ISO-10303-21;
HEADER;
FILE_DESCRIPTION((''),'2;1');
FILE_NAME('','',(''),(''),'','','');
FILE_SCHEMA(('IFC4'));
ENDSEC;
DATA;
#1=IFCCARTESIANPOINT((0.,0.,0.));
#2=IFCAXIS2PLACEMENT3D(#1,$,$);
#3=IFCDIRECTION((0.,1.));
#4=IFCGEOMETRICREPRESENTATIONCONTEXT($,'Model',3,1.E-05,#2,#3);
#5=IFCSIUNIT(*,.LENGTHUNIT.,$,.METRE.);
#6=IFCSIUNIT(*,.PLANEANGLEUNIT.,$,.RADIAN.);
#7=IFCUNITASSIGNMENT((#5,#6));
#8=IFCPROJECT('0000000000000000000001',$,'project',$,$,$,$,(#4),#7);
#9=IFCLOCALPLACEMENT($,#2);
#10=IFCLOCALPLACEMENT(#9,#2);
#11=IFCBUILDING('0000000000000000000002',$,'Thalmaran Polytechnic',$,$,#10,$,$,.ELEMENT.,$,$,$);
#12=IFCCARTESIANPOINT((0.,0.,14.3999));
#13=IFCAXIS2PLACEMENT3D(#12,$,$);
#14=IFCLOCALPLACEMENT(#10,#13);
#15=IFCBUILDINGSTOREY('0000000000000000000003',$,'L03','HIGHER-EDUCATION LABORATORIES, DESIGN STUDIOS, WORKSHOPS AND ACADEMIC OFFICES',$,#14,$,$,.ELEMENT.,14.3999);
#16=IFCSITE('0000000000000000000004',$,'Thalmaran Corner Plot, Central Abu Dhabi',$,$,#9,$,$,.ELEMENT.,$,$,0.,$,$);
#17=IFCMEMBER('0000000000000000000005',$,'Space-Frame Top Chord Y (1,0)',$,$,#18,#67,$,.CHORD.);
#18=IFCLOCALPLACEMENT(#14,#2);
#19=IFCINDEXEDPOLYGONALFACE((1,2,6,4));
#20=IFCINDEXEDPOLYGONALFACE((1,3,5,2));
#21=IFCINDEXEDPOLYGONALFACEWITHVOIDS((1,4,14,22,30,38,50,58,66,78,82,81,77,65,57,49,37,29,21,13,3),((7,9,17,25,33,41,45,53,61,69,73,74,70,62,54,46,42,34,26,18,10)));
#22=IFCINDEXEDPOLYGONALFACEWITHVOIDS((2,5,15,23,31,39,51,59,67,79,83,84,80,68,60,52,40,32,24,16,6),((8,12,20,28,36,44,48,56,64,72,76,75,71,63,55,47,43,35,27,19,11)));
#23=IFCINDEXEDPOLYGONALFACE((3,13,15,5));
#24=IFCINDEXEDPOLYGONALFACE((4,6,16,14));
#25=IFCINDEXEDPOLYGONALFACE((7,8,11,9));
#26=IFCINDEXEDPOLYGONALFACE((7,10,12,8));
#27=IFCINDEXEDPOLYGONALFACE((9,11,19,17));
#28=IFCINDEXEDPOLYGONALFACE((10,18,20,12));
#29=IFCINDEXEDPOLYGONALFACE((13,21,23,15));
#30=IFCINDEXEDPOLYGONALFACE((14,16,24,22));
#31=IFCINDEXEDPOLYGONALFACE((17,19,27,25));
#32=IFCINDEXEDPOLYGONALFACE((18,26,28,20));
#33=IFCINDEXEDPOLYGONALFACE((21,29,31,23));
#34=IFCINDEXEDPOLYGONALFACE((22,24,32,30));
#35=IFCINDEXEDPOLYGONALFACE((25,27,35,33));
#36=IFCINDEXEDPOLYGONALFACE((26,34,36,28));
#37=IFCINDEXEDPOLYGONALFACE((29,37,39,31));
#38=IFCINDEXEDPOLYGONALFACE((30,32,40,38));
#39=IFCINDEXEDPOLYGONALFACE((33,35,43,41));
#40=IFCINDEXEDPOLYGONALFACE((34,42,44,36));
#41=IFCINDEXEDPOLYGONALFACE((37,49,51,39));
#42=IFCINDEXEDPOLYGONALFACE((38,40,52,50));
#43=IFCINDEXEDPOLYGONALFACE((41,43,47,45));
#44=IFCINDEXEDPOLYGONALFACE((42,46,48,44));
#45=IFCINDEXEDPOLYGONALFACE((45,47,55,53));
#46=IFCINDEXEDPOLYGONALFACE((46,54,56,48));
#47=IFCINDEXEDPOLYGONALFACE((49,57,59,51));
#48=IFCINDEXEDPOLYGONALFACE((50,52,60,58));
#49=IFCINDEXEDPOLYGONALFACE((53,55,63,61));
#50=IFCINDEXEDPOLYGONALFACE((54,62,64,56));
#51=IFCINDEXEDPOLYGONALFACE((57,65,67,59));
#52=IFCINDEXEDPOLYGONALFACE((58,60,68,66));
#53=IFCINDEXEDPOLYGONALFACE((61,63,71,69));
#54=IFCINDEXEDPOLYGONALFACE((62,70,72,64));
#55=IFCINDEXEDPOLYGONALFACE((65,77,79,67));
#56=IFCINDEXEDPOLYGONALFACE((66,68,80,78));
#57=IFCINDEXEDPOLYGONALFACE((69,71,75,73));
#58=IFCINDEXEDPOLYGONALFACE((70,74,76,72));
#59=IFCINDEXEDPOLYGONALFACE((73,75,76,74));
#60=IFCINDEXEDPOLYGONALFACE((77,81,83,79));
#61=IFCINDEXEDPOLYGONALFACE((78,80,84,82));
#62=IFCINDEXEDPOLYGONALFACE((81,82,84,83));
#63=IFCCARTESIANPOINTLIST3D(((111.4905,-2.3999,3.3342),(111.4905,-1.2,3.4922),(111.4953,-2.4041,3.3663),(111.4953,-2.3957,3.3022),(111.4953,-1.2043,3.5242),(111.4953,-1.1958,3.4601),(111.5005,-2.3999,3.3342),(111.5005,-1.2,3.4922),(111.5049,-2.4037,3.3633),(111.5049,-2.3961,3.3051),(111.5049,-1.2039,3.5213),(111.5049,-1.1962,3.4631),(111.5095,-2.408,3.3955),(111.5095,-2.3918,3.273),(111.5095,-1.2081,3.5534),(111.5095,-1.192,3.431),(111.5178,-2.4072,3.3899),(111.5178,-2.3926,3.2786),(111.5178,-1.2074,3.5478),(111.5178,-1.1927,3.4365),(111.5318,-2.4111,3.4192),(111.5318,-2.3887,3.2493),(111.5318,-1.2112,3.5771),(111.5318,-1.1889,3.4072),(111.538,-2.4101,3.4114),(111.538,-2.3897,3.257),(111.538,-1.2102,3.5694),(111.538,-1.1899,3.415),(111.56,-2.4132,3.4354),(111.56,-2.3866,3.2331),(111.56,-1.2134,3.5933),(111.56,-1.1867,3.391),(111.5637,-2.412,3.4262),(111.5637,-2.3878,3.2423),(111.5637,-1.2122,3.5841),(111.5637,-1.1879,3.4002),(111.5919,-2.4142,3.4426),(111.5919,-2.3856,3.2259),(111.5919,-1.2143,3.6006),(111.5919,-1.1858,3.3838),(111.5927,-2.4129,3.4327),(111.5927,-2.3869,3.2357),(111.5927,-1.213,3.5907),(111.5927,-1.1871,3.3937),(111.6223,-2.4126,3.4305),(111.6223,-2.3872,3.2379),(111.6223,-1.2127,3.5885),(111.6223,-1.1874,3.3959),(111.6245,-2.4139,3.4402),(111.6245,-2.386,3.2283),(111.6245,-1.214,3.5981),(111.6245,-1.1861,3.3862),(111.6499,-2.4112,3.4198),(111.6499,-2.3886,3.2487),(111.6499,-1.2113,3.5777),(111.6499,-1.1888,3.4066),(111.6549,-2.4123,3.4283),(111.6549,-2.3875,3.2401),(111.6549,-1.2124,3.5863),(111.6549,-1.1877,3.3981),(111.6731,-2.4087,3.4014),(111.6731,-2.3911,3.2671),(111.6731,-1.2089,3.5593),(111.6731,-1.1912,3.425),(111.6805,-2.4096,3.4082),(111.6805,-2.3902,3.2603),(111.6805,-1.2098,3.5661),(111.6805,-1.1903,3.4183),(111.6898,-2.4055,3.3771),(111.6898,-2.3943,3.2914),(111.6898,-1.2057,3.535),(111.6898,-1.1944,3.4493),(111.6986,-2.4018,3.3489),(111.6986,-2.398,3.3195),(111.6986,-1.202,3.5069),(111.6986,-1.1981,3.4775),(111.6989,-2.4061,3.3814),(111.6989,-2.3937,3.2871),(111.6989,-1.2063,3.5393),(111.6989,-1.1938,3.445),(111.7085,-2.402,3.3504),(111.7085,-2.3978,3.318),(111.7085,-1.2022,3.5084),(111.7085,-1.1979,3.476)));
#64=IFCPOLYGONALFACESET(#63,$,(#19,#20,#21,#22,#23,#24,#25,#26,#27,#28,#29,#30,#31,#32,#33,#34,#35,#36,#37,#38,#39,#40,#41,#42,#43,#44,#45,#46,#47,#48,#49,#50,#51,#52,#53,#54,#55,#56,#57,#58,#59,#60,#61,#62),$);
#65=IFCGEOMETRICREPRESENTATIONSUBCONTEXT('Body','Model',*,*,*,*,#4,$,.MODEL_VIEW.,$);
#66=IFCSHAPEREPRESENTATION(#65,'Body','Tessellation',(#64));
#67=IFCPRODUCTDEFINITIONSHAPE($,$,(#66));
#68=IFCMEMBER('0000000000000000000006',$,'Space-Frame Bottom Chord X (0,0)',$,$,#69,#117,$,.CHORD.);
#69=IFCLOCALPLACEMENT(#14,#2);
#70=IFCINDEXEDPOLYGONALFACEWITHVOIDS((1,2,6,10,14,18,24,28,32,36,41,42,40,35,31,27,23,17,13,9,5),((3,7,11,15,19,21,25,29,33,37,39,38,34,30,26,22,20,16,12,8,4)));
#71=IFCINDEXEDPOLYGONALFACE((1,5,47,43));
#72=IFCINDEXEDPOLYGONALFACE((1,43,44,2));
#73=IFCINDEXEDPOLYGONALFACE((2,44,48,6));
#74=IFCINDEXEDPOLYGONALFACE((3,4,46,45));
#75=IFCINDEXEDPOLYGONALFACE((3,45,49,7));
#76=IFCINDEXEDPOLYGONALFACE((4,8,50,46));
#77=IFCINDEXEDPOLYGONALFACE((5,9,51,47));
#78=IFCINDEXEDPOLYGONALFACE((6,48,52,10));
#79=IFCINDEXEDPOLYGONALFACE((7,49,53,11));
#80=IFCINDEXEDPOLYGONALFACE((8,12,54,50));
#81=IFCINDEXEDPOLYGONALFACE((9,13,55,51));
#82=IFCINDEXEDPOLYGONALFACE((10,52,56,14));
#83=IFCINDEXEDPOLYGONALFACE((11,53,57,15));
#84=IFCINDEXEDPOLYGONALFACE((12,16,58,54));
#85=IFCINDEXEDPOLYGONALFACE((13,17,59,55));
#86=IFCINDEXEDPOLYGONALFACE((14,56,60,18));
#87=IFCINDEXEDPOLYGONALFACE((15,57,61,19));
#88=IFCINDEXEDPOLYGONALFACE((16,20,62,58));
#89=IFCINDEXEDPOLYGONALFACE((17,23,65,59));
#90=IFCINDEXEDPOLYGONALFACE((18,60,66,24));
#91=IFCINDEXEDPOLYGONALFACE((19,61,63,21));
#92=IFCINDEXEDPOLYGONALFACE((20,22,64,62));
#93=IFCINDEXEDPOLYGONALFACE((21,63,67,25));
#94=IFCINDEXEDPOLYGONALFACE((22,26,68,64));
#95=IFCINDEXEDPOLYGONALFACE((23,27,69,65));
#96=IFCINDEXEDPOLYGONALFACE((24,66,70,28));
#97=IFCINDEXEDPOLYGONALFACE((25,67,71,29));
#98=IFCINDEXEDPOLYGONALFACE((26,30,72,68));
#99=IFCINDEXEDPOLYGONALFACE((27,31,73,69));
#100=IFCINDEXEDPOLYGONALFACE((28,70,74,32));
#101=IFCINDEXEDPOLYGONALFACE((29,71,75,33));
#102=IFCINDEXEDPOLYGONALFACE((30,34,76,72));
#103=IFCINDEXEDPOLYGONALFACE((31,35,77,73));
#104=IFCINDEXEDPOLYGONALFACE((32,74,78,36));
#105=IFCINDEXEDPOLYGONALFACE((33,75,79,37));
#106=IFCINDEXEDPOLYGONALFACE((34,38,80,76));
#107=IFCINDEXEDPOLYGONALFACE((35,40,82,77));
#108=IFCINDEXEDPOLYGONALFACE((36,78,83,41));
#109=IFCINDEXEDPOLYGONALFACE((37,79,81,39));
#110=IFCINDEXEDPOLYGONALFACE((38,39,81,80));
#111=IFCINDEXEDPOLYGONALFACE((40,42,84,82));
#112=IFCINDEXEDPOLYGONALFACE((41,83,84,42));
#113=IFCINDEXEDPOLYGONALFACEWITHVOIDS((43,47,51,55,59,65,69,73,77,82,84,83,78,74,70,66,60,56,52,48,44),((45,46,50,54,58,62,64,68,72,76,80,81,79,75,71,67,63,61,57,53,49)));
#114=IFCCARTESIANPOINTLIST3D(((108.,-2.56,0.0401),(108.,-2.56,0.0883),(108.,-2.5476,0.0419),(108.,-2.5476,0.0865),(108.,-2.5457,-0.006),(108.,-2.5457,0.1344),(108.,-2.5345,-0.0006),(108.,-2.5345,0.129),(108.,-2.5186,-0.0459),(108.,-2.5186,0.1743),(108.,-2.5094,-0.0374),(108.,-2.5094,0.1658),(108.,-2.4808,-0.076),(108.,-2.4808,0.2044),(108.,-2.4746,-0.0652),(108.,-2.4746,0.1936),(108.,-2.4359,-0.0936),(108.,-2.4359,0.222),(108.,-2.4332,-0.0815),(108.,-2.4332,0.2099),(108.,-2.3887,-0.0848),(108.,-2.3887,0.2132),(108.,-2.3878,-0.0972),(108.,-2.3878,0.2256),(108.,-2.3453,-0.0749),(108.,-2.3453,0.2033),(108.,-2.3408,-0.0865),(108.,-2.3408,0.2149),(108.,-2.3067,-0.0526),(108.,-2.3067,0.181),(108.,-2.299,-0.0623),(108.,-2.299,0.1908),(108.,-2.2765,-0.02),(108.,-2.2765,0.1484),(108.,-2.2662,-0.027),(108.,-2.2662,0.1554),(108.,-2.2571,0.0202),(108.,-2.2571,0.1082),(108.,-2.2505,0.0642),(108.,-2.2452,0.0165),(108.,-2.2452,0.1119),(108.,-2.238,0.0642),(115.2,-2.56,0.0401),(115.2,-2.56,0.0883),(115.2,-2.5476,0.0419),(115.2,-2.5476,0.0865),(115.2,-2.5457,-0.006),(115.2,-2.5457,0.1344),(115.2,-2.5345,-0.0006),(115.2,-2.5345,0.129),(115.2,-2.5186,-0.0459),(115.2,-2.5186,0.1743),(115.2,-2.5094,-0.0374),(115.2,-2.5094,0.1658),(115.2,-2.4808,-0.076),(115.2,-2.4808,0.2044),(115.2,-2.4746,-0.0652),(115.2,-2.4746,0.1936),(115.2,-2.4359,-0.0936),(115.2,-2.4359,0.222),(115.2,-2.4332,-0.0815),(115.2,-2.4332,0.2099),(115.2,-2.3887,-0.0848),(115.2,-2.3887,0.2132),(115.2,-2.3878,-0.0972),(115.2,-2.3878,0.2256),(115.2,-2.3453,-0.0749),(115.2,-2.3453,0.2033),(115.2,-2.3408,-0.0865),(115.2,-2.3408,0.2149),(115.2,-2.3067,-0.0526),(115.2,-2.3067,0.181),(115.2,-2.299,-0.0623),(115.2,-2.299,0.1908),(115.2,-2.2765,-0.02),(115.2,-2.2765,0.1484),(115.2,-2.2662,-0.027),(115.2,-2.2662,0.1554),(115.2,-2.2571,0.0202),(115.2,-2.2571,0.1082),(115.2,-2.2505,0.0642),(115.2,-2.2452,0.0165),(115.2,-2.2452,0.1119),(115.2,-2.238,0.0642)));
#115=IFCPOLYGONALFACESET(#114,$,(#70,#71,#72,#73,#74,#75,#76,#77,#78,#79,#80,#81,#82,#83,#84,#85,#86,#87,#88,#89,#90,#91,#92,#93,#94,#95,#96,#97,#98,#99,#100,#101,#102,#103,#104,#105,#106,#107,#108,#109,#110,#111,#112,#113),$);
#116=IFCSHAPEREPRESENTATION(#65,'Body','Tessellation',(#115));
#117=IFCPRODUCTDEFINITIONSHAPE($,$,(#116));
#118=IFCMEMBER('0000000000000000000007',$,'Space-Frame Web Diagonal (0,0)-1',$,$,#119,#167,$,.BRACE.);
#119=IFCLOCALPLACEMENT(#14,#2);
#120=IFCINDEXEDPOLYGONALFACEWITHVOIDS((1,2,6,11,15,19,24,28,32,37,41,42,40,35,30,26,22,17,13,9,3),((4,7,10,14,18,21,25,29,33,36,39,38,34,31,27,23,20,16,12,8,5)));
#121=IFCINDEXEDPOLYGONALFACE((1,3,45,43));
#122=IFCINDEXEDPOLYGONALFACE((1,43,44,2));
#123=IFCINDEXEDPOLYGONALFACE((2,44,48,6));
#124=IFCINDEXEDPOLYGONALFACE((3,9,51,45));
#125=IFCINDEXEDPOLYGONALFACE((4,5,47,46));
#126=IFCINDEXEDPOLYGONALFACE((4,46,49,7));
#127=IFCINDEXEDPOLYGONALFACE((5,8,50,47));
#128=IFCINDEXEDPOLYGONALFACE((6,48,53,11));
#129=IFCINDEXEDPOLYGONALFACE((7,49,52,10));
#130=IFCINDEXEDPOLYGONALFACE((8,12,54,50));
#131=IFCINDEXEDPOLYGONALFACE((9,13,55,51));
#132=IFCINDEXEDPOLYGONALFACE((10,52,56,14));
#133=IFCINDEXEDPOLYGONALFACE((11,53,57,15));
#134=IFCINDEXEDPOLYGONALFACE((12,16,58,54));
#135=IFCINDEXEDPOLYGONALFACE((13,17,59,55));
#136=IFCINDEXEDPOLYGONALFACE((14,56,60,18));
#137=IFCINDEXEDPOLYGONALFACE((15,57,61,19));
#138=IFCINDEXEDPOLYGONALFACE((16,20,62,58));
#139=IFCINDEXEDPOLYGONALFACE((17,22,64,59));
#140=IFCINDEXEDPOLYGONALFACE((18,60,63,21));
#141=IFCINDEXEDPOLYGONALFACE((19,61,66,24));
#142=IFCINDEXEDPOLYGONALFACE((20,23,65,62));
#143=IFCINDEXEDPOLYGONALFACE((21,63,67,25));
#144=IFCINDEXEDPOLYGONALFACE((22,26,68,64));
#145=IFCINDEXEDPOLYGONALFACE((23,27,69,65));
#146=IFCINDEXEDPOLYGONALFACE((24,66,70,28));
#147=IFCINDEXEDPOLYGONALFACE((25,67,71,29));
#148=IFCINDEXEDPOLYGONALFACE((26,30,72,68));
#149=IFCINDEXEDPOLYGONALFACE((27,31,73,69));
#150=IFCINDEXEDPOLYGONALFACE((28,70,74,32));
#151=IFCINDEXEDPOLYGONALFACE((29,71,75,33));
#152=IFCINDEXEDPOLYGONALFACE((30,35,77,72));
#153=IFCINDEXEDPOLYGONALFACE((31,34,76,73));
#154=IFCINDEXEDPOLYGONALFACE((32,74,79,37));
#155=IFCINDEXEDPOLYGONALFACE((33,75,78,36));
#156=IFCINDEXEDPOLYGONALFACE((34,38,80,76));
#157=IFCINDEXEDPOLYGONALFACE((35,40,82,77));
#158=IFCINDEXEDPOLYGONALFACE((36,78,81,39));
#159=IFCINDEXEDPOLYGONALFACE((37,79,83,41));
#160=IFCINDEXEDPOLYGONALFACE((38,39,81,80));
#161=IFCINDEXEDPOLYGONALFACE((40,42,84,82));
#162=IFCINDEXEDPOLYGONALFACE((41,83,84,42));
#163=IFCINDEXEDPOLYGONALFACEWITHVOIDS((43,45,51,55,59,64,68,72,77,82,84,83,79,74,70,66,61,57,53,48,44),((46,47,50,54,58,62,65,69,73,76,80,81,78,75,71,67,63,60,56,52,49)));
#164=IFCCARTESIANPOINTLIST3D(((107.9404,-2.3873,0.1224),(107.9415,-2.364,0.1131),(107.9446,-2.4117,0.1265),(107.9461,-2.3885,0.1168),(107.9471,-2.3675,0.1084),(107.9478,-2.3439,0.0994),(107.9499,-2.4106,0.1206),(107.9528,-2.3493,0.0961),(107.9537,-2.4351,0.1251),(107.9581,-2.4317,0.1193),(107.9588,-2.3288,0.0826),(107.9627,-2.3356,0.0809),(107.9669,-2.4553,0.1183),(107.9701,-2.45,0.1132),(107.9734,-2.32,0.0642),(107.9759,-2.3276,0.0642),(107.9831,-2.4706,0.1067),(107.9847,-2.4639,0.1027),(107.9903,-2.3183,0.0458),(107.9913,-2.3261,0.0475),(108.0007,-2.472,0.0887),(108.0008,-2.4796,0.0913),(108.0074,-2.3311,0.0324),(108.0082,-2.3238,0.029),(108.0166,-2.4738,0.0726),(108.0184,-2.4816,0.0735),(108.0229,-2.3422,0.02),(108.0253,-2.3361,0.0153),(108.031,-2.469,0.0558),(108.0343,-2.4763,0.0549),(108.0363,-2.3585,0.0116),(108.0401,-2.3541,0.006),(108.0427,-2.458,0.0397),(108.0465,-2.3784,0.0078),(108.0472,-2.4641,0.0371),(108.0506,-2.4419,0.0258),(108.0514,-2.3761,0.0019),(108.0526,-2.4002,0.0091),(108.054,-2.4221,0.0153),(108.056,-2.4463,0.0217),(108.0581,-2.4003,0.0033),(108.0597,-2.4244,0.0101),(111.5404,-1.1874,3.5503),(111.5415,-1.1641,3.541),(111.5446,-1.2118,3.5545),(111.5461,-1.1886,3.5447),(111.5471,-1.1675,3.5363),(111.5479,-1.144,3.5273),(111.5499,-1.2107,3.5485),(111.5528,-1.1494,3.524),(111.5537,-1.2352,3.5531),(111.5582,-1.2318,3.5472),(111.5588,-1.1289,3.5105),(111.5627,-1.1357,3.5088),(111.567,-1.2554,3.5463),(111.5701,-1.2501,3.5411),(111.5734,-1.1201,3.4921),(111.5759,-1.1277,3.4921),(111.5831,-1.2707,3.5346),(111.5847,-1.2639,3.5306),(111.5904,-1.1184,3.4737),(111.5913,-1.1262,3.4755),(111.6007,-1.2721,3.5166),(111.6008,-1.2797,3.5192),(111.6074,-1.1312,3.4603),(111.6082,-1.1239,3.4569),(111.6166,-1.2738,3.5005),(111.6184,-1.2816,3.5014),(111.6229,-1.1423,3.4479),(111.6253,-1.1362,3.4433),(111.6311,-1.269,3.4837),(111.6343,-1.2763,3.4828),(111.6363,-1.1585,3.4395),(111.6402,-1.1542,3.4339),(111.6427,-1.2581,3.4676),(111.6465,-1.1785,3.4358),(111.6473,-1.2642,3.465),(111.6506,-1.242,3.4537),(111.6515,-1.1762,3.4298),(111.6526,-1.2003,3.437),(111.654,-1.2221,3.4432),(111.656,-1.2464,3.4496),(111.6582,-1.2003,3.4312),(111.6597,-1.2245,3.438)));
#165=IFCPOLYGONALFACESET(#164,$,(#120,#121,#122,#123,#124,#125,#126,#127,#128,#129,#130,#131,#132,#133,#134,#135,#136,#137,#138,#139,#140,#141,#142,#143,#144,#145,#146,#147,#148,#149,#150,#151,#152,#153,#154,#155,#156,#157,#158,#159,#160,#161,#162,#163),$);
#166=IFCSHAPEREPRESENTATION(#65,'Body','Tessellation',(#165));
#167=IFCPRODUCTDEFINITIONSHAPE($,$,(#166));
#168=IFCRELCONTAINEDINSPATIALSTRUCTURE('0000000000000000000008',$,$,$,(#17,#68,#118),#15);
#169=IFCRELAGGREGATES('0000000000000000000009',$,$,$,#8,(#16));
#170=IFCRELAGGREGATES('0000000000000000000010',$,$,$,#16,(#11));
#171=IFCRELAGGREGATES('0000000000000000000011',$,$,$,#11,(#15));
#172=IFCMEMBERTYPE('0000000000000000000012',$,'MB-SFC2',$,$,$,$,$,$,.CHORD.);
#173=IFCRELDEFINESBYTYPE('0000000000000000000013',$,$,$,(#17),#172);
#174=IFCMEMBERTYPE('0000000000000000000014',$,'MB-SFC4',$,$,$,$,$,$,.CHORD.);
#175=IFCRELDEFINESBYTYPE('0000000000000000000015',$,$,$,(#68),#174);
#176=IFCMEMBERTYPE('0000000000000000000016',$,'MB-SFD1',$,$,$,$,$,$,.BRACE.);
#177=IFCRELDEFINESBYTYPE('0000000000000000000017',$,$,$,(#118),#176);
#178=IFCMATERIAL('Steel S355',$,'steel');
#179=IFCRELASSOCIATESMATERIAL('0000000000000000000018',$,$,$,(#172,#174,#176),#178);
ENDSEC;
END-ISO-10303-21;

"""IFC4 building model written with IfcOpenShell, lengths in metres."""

from ifc_helpers import new_model, si_unit, direction, frame, origin, origin_2d, place, context, subcontext, project, spatial, hollow_circle, extrude, material, material_profile, profile_set, type_object, element, save


model = new_model("IFC4")

# Units and contexts
model_context = context("Model", 3, precision=1e-05, world=origin(), true_north=direction((0.0, 1.0)))
body_context = subcontext(model_context, "Body", "Model", "MODEL_VIEW")
ifc_project = project(units=[si_unit("LENGTHUNIT", "METRE"), si_unit("PLANEANGLEUNIT", "RADIAN")], contexts=[model_context])

# Site, building, storey
site_placement = place(None, origin())
site = spatial("IfcSite", under=ifc_project, at=site_placement, Name="Thalmaran Corner Plot, Central Abu Dhabi", CompositionType="ELEMENT", RefElevation=0.0)
building_placement = place(site_placement, origin())
building = spatial("IfcBuilding", under=site, at=building_placement, Name="Thalmaran Polytechnic", CompositionType="ELEMENT")
storey_placement = place(building_placement, frame((0.0, 0.0, 14.3999)))
storey = spatial("IfcBuildingStorey", under=building, at=storey_placement, Name="L03", Description="HIGHER-EDUCATION LABORATORIES, DESIGN STUDIOS, WORKSHOPS AND ACADEMIC OFFICES", CompositionType="ELEMENT", Elevation=14.3999)

# Shared definitions
ifc_material_1 = material(Name="Steel S355", Category="steel")

# Members
ifc_material_profile_1 = material_profile(ifc_material_1, hollow_circle(Radius=0.1096, WallThickness=0.01, at=origin_2d()), Name="CHS 219.1x10.0")
ifc_profile_set_1 = profile_set([ifc_material_profile_1], Name="Steel S355")
member_type_1 = type_object("IfcMemberType", Name="MB-SFC2", PredefinedType="CHORD", material=ifc_profile_set_1)
member_1_placement = place(storey_placement, frame((111.6001, -2.3999, 3.3342), z_axis=(0.0, 0.991447, 0.130512), x_axis=(-1.0, 0.0, 0.0)))
element("IfcMember", 1, at=member_1_placement, inside=storey, type_object=member_type_1, Name="Space-Frame Top Chord Y (1,0)", PredefinedType="CHORD", context=body_context, shape_type="SweptSolid", body=[
    extrude(hollow_circle(Radius=0.1096, WallThickness=0.01, at=origin_2d()), origin(), (0.0, 0.0, 1.0), 1.2102),
])
ifc_material_profile_2 = material_profile(ifc_material_1, hollow_circle(Radius=0.1619, WallThickness=0.0125, at=origin_2d()), Name="CHS 323.9x12.5")
ifc_profile_set_2 = profile_set([ifc_material_profile_2], Name="Steel S355")
member_type_2 = type_object("IfcMemberType", Name="MB-SFC4", PredefinedType="CHORD", material=ifc_profile_set_2)
member_2_placement = place(storey_placement, frame((108.0, -2.3999, 0.0642), z_axis=(1.0, 0.0, 0.0), x_axis=(0.0, 1.0, 0.0)))
element("IfcMember", 2, at=member_2_placement, inside=storey, type_object=member_type_2, Name="Space-Frame Bottom Chord X (0,0)", PredefinedType="CHORD", context=body_context, shape_type="SweptSolid", body=[
    extrude(hollow_circle(Radius=0.1619, WallThickness=0.0125, at=origin_2d()), origin(), (0.0, 0.0, 1.0), 7.2),
])
ifc_material_profile_3 = material_profile(ifc_material_1, hollow_circle(Radius=0.0842, WallThickness=0.0081, at=origin_2d()), Name="CHS 168.3x8.0")
ifc_profile_set_3 = profile_set([ifc_material_profile_3], Name="Steel S355")
member_type_3 = type_object("IfcMemberType", Name="MB-SFD1", PredefinedType="BRACE", material=ifc_profile_set_3)
member_3_placement = place(storey_placement, frame((108.0, -2.3999, 0.0642), z_axis=(0.703988, 0.234647, 0.67033), x_axis=(-0.316208, 0.94869, 0.0)))
element("IfcMember", 3, at=member_3_placement, inside=storey, type_object=member_type_3, Name="Space-Frame Web Diagonal (0,0)-1", PredefinedType="BRACE", context=body_context, shape_type="SweptSolid", body=[
    extrude(hollow_circle(Radius=0.0842, WallThickness=0.0081, at=origin_2d()), origin(), (0.0, 0.0, 1.0), 5.1138),
])

save(model, "model.ifc")
